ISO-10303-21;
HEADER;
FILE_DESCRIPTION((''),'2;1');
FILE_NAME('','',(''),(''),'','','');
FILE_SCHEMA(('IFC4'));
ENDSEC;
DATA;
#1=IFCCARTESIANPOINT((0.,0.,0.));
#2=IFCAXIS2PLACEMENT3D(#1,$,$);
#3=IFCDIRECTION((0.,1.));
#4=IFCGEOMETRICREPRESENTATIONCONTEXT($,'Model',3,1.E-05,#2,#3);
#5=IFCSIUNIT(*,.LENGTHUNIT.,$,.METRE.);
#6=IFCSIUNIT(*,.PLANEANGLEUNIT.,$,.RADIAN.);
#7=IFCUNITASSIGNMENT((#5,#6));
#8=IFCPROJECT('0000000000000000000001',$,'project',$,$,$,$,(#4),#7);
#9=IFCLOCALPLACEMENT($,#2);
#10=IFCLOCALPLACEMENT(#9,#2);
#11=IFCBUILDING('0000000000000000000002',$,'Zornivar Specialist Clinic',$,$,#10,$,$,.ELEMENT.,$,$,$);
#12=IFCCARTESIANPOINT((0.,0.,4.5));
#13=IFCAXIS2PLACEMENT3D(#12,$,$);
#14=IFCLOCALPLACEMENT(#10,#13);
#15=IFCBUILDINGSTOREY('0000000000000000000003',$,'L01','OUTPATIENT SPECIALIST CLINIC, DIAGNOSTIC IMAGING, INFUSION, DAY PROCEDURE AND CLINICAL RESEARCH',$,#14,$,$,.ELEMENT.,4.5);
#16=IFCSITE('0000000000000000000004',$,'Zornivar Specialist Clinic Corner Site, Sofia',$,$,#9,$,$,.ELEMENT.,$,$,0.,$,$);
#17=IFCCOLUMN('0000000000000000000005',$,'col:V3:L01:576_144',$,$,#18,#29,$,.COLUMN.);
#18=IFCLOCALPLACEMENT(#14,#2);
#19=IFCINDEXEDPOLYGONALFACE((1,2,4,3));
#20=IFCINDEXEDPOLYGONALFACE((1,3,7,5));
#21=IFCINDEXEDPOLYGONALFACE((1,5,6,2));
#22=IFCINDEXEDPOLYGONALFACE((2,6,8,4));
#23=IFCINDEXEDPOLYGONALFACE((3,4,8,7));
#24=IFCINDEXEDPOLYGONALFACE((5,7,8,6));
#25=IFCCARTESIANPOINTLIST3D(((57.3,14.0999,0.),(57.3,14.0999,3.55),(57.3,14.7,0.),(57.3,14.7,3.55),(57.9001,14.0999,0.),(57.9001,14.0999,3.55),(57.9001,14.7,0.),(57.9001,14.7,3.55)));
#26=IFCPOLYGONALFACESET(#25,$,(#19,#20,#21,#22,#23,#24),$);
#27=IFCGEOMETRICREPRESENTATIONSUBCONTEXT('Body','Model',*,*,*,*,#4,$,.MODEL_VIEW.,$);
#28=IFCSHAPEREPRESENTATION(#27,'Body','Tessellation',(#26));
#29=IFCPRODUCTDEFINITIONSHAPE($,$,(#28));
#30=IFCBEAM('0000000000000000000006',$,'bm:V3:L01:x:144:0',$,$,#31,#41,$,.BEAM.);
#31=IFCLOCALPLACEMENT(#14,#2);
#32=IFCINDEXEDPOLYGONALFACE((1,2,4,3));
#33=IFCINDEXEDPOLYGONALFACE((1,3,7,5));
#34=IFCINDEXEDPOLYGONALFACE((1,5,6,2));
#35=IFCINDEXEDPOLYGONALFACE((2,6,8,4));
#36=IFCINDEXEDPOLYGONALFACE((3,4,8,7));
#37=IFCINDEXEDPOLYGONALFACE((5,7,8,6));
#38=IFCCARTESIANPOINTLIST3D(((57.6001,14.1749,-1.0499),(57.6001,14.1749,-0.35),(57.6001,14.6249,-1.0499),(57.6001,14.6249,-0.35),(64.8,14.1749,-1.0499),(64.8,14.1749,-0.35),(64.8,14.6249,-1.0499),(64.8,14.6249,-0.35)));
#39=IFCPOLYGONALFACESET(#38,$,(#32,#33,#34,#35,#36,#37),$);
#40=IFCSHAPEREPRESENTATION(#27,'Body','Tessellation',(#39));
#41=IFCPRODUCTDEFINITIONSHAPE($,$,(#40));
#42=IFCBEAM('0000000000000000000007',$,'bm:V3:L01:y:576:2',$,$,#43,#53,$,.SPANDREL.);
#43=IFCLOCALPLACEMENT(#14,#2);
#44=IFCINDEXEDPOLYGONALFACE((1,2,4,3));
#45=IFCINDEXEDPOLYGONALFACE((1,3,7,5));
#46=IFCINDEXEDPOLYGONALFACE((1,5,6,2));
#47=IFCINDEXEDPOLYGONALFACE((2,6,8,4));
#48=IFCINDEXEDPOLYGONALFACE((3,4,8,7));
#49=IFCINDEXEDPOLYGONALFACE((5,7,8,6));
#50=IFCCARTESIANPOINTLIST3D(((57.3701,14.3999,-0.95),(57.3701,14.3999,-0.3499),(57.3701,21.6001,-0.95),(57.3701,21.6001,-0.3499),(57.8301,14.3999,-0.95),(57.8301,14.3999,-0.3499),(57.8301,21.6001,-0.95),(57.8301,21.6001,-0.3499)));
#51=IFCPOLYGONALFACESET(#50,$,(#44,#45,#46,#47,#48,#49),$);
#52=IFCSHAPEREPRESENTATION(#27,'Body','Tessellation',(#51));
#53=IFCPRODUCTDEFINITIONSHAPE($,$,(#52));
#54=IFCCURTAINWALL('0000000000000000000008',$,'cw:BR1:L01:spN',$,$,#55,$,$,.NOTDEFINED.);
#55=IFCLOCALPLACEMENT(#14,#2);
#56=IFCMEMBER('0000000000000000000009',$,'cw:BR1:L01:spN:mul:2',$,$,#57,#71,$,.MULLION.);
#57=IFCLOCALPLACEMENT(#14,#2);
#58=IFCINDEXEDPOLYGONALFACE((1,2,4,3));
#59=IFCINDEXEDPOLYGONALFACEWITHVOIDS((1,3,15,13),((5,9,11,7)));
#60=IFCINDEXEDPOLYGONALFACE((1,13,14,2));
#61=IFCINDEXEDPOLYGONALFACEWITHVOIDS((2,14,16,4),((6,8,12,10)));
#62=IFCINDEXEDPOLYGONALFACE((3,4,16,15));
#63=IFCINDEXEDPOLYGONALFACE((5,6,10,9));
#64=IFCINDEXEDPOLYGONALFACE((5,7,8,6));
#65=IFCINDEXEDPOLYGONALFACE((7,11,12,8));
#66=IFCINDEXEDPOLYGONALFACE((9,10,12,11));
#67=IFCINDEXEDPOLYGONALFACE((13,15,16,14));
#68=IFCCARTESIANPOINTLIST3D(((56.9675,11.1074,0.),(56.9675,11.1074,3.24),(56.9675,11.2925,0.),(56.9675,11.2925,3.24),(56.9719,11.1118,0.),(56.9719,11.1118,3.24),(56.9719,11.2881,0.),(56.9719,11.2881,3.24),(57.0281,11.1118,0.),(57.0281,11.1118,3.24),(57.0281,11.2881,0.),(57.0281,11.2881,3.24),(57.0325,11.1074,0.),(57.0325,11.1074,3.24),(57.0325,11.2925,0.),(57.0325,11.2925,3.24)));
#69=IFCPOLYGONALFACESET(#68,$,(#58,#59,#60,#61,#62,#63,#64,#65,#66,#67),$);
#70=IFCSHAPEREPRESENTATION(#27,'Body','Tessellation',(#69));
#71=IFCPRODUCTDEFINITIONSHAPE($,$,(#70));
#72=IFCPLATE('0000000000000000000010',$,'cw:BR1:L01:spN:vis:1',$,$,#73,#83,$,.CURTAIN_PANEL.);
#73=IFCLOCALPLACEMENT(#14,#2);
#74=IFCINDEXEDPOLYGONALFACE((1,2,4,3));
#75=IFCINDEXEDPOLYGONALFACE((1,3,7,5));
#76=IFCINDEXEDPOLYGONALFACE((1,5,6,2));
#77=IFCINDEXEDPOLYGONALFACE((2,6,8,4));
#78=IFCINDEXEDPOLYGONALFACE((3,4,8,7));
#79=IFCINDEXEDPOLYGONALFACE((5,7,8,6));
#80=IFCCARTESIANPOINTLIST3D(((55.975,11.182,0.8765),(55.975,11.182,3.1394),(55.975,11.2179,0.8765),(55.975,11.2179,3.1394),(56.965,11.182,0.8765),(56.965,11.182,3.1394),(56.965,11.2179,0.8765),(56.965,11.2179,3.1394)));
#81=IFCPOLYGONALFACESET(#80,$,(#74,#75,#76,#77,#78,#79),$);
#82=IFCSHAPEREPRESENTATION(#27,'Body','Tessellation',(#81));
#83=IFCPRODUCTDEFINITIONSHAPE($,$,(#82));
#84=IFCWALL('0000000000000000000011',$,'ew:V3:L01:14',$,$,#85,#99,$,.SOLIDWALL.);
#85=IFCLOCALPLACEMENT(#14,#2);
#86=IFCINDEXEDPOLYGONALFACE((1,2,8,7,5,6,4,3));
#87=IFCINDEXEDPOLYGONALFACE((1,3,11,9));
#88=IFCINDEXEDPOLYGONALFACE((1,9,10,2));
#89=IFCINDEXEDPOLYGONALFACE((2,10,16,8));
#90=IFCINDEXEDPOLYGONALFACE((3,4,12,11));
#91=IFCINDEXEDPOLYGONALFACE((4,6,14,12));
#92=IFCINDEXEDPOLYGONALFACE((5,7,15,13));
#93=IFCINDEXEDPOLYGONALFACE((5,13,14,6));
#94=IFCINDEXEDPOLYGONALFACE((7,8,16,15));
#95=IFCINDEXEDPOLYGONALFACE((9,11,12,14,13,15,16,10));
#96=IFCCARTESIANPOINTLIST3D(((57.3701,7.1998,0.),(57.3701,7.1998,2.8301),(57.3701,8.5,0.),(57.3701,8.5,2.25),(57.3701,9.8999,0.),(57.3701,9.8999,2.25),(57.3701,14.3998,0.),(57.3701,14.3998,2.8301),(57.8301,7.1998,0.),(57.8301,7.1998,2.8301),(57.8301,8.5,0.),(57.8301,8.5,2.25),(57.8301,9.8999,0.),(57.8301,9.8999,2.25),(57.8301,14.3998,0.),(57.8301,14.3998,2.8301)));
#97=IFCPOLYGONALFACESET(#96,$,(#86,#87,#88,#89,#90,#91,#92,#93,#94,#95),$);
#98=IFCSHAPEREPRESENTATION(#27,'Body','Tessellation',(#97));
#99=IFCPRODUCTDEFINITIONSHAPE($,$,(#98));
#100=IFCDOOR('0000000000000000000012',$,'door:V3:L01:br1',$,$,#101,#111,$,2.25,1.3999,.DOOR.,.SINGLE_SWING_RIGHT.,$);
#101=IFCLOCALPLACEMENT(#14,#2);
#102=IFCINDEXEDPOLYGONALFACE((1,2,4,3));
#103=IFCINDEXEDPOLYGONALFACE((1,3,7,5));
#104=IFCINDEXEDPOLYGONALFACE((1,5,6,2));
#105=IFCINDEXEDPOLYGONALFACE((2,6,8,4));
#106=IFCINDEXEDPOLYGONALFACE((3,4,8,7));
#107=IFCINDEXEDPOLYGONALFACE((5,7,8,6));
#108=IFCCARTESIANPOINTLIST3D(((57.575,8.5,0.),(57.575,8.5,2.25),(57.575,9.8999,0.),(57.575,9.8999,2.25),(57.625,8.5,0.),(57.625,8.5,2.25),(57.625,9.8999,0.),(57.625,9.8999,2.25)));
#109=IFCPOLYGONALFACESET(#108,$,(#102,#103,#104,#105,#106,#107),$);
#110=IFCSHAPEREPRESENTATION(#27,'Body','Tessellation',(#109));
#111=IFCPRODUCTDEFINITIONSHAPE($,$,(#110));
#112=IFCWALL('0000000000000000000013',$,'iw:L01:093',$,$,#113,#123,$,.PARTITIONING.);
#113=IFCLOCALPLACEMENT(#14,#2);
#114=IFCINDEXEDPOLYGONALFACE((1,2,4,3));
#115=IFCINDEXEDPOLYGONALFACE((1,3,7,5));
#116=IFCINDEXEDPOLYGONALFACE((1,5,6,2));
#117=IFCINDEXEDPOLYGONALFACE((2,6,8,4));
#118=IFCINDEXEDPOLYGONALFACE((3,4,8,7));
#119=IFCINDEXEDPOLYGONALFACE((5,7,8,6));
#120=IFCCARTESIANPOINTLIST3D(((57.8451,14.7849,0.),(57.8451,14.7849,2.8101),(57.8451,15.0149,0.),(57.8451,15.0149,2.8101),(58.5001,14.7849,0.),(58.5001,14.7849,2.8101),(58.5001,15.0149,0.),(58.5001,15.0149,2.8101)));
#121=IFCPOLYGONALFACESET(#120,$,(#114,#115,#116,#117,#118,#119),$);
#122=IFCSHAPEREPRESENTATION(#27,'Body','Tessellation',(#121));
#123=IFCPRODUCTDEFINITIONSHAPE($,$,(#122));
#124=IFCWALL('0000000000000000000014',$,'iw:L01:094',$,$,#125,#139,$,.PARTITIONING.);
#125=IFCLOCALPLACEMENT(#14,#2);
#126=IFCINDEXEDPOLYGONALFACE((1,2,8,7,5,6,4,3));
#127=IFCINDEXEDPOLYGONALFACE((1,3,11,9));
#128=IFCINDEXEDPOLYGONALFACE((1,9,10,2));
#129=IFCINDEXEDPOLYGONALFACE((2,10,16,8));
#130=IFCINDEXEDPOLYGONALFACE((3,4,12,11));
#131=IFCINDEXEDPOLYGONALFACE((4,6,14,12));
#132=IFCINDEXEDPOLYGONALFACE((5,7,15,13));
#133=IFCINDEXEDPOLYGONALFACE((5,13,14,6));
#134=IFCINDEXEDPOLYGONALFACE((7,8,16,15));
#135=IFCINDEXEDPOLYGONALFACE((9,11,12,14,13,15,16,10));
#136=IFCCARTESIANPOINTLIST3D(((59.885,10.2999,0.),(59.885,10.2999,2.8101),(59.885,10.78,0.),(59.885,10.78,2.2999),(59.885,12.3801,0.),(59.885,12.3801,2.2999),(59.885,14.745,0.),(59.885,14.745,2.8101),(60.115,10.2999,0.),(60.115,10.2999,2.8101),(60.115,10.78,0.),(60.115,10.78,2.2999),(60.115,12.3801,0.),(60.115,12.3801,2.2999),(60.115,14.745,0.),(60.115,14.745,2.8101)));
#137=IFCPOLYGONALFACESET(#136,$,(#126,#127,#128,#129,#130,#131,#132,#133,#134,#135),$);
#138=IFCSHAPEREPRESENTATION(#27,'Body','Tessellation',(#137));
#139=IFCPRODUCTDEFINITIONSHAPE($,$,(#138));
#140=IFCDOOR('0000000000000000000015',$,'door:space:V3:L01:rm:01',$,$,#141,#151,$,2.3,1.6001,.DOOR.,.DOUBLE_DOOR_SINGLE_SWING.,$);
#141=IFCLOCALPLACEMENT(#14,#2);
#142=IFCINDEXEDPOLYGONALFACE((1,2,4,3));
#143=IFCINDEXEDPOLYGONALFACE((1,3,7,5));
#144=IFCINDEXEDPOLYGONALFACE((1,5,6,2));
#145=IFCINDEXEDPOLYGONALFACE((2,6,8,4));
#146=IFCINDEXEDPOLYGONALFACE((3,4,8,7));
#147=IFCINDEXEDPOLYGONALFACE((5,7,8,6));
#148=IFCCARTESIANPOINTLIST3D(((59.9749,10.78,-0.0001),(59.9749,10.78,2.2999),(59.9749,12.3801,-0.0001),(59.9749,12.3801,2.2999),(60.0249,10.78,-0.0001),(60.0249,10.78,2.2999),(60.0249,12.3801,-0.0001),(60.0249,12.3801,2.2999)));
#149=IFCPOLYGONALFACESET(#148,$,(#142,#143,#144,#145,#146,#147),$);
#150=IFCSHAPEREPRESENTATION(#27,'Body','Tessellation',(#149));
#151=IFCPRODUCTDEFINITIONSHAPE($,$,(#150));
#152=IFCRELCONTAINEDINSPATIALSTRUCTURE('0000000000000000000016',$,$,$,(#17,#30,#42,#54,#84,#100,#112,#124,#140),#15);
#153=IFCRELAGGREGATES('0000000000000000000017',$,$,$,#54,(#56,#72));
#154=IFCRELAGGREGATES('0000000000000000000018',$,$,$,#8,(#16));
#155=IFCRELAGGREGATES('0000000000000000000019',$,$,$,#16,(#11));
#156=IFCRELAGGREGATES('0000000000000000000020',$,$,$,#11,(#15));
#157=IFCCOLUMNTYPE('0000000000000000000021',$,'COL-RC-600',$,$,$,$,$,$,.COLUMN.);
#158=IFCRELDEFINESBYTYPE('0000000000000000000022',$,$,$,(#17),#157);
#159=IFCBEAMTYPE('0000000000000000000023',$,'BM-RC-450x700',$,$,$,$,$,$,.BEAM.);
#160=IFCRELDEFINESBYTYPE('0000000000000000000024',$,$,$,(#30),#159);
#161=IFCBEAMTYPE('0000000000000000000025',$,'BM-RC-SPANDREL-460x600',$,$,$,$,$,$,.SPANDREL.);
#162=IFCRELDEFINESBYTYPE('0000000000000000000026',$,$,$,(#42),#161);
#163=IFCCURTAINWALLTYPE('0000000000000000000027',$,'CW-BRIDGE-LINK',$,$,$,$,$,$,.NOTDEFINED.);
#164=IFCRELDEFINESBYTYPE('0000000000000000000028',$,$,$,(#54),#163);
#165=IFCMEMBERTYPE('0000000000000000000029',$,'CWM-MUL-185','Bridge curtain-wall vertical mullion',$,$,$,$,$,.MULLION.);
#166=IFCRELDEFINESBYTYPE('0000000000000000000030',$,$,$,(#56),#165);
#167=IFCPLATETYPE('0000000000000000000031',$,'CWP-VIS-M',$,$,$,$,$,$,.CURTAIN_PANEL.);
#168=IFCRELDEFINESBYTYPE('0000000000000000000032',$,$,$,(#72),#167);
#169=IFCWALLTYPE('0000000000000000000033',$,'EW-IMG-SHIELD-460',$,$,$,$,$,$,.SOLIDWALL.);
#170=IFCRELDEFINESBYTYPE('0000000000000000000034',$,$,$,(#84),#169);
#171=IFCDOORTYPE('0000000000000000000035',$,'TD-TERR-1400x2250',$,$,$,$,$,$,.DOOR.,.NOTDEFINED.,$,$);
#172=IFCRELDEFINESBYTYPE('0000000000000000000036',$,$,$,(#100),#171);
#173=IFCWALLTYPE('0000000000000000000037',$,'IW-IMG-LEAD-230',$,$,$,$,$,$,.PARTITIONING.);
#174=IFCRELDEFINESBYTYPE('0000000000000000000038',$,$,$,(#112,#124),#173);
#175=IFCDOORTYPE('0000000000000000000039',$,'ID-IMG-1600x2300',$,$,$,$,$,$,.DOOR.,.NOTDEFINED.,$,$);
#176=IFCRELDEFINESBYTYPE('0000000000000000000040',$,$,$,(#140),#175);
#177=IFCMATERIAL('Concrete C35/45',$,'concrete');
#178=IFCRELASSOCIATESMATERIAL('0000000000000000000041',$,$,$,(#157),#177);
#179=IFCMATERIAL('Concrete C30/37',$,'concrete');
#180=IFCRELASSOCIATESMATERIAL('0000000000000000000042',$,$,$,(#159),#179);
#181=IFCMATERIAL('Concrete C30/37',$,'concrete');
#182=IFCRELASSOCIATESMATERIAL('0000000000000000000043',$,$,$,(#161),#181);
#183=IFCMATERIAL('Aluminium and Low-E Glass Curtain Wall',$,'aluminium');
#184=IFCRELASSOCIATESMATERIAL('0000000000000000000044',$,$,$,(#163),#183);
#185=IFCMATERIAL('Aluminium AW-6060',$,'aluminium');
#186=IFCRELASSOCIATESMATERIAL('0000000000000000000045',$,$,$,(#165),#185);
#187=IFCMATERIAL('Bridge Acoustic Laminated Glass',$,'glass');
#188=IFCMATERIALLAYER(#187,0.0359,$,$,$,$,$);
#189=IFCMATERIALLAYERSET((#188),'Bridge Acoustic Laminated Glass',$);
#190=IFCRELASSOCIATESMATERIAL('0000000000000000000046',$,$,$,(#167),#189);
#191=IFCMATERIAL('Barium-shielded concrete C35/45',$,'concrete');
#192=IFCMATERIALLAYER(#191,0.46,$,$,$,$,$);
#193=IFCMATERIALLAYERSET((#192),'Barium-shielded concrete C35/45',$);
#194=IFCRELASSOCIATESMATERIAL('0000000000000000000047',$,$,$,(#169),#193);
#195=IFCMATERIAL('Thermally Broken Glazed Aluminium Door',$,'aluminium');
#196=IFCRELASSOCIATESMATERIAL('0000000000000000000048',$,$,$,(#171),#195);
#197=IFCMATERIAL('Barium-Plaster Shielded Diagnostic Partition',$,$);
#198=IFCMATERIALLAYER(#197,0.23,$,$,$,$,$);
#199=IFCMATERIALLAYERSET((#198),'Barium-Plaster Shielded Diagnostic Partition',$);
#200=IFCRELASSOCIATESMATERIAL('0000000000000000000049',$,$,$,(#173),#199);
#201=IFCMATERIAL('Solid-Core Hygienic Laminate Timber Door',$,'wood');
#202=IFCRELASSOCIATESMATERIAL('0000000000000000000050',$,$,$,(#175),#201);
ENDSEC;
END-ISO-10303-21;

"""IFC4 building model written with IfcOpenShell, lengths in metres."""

from ifc_helpers import new_model, si_unit, direction, frame, frame_2d, origin, origin_2d, place, context, subcontext, project, spatial, rectangle, hollow_rectangle, extrude, material, layer, layer_set, material_profile, profile_set, type_object, element, fill, aggregate, save


model = new_model("IFC4")

# Units and contexts
model_context = context("Model", 3, precision=1e-05, world=origin(), true_north=direction((0.0, 1.0)))
body_context = subcontext(model_context, "Body", "Model", "MODEL_VIEW")
ifc_project = project(units=[si_unit("LENGTHUNIT", "METRE"), si_unit("PLANEANGLEUNIT", "RADIAN")], contexts=[model_context])

# Site, building, storey
site_placement = place(None, origin())
site = spatial("IfcSite", under=ifc_project, at=site_placement, Name="Zornivar Specialist Clinic Corner Site, Sofia", CompositionType="ELEMENT", RefElevation=0.0)
building_placement = place(site_placement, origin())
building = spatial("IfcBuilding", under=site, at=building_placement, Name="Zornivar Specialist Clinic", CompositionType="ELEMENT")
storey_placement = place(building_placement, frame((0.0, 0.0, 4.5)))
storey = spatial("IfcBuildingStorey", under=building, at=storey_placement, Name="L01", Description="OUTPATIENT SPECIALIST CLINIC, DIAGNOSTIC IMAGING, INFUSION, DAY PROCEDURE AND CLINICAL RESEARCH", CompositionType="ELEMENT", Elevation=4.5)

# Column
ifc_material_1 = material(Name="Concrete C35/45", Category="concrete")
ifc_material_profile_1 = material_profile(ifc_material_1, rectangle(XDim=0.6001, YDim=0.6001, at=origin_2d()), Name="RC 600x600")
ifc_profile_set_1 = profile_set([ifc_material_profile_1], Name="Concrete C35/45")
column_type = type_object("IfcColumnType", Name="COL-RC-600", PredefinedType="COLUMN", material=ifc_profile_set_1)
column_placement = place(storey_placement, frame((57.6001, 14.3999, 0.0), z_axis=(0.0, 0.0, 1.0), x_axis=(1.0, 0.0, 0.0)))
element("IfcColumn", 1, at=column_placement, inside=storey, type_object=column_type, Name="col:V3:L01:576_144", PredefinedType="COLUMN", context=body_context, shape_type="SweptSolid", body=[
    extrude(rectangle(XDim=0.6001, YDim=0.6001, at=origin_2d()), origin(), (0.0, 0.0, 1.0), 3.55),
])

# Beams
ifc_material_2 = material(Name="Concrete C30/37", Category="concrete")
ifc_material_profile_2 = material_profile(ifc_material_2, rectangle(XDim=0.45, YDim=0.7, at=origin_2d()), Name="RC 450x700")
ifc_profile_set_2 = profile_set([ifc_material_profile_2], Name="Concrete C30/37")
beam_type_1 = type_object("IfcBeamType", Name="BM-RC-450x700", PredefinedType="BEAM", material=ifc_profile_set_2)
beam_1_placement = place(storey_placement, frame((57.6001, 14.3999, -0.7), z_axis=(1.0, 0.0, 0.0), x_axis=(0.0, 1.0, 0.0)))
element("IfcBeam", 2, at=beam_1_placement, inside=storey, type_object=beam_type_1, Name="bm:V3:L01:x:144:0", PredefinedType="BEAM", context=body_context, shape_type="SweptSolid", body=[
    extrude(rectangle(XDim=0.45, YDim=0.7, at=origin_2d()), origin(), (0.0, 0.0, 1.0), 7.2),
])
ifc_material_3 = material(Name="Concrete C30/37", Category="concrete")
ifc_material_profile_3 = material_profile(ifc_material_3, rectangle(XDim=0.46, YDim=0.6001, at=origin_2d()), Name="RC 460x600")
ifc_profile_set_3 = profile_set([ifc_material_profile_3], Name="Concrete C30/37")
beam_type_2 = type_object("IfcBeamType", Name="BM-RC-SPANDREL-460x600", PredefinedType="SPANDREL", material=ifc_profile_set_3)
beam_2_placement = place(storey_placement, frame((57.6001, 14.3999, -0.6499), z_axis=(0.0, 1.0, 0.0), x_axis=(-1.0, 0.0, 0.0)))
element("IfcBeam", 3, at=beam_2_placement, inside=storey, type_object=beam_type_2, Name="bm:V3:L01:y:576:2", PredefinedType="SPANDREL", context=body_context, shape_type="SweptSolid", body=[
    extrude(rectangle(XDim=0.46, YDim=0.6001, at=origin_2d()), origin(), (0.0, 0.0, 1.0), 7.2002),
])

# Curtain wall, member, plate
ifc_material_4 = material(Name="Aluminium and Low-E Glass Curtain Wall", Category="aluminium")
curtain_wall_type = type_object("IfcCurtainWallType", Name="CW-BRIDGE-LINK", PredefinedType="NOTDEFINED", material=ifc_material_4)
curtain_wall_placement = place(storey_placement, origin())
curtain_wall = element("IfcCurtainWall", 4, at=curtain_wall_placement, inside=storey, type_object=curtain_wall_type, Name="cw:BR1:L01:spN", PredefinedType="NOTDEFINED")
ifc_material_5 = material(Name="Aluminium AW-6060", Category="aluminium")
ifc_material_profile_4 = material_profile(ifc_material_5, hollow_rectangle(XDim=0.0649, YDim=0.1851, WallThickness=0.0044, at=origin_2d()), Name="ALU 65x185x4.5")
ifc_profile_set_4 = profile_set([ifc_material_profile_4], Name="Aluminium AW-6060")
member_type = type_object("IfcMemberType", Name="CWM-MUL-185", Description="Bridge curtain-wall vertical mullion", PredefinedType="MULLION", material=ifc_profile_set_4)
member_placement = place(storey_placement, frame((57.0, 11.2, 0.0), z_axis=(0.0, 0.0, 1.0), x_axis=(1.0, 0.0, 0.0)))
member = element("IfcMember", 5, at=member_placement, type_object=member_type, Name="cw:BR1:L01:spN:mul:2", PredefinedType="MULLION", context=body_context, shape_type="SweptSolid", body=[
    extrude(hollow_rectangle(XDim=0.0649, YDim=0.1851, WallThickness=0.0044, at=origin_2d()), origin(), (0.0, 0.0, 1.0), 3.24),
])
ifc_material_6 = material(Name="Bridge Acoustic Laminated Glass", Category="glass")
ifc_layer_1 = layer(ifc_material_6, 0.0359)
ifc_layer_set_1 = layer_set([ifc_layer_1], Name="Bridge Acoustic Laminated Glass")
plate_type = type_object("IfcPlateType", Name="CWP-VIS-M", PredefinedType="CURTAIN_PANEL", material=ifc_layer_set_1)
plate_placement = place(storey_placement, frame((56.47, 11.2, 0.8765), z_axis=(0.0, 0.0, 1.0), x_axis=(1.0, 0.0, 0.0)))
plate = element("IfcPlate", 6, at=plate_placement, type_object=plate_type, Name="cw:BR1:L01:spN:vis:1", PredefinedType="CURTAIN_PANEL", context=body_context, shape_type="SweptSolid", body=[
    extrude(rectangle(XDim=0.99, YDim=0.0359, at=origin_2d()), origin(), (0.0, 0.0, 1.0), 2.2629),
])
aggregate(curtain_wall, [member, plate])

# Wall, opening, door
ifc_material_7 = material(Name="Barium-shielded concrete C35/45", Category="concrete")
ifc_layer_2 = layer(ifc_material_7, 0.46)
ifc_layer_set_2 = layer_set([ifc_layer_2], Name="Barium-shielded concrete C35/45")
wall_type_1 = type_object("IfcWallType", Name="EW-IMG-SHIELD-460", PredefinedType="SOLIDWALL", material=ifc_layer_set_2)
wall_1_placement = place(storey_placement, frame((57.6001, 14.3999, 0.0), z_axis=(0.0, 0.0, 1.0), x_axis=(0.0, -1.0, 0.0)))
wall_1 = element("IfcWall", 7, at=wall_1_placement, inside=storey, type_object=wall_type_1, Name="ew:V3:L01:14", PredefinedType="SOLIDWALL", context=body_context, shape_type="SweptSolid", body=[
    extrude(rectangle(XDim=7.2, YDim=0.46, at=frame_2d((3.6001, 0.0))), origin(), (0.0, 0.0, 1.0), 2.8301),
])
opening_1_placement = place(wall_1_placement, frame((4.5, 0.0, 0.0)))
opening_1 = element("IfcOpeningElement", 8, at=opening_1_placement, cuts=wall_1, PredefinedType="OPENING", context=body_context, shape_type="SweptSolid", body=[
    extrude(rectangle(XDim=1.3999, YDim=2.25, at=frame_2d((0.7, 1.125))), frame((0.0, 0.24, 0.0), z_axis=(0.0, -1.0, 0.0), x_axis=(1.0, 0.0, 0.0)), (0.0, 0.0, 1.0), 0.48),
])
ifc_material_8 = material(Name="Thermally Broken Glazed Aluminium Door", Category="aluminium")
door_type_1 = type_object("IfcDoorType", Name="TD-TERR-1400x2250", OperationType="NOTDEFINED", PredefinedType="DOOR", material=ifc_material_8)
door_1_placement = place(opening_1_placement, origin())
door_1 = element("IfcDoor", 9, at=door_1_placement, inside=storey, type_object=door_type_1, Name="door:V3:L01:br1", OperationType="SINGLE_SWING_RIGHT", OverallHeight=2.25, OverallWidth=1.3999, PredefinedType="DOOR", context=body_context, shape_type="SweptSolid", body=[
    extrude(rectangle(XDim=1.3999, YDim=2.25, at=frame_2d((0.7, 1.125))), frame((0.0, 0.0249, 0.0), z_axis=(0.0, -1.0, 0.0), x_axis=(1.0, 0.0, 0.0)), (0.0, 0.0, 1.0), 0.05),
])
fill(opening_1, door_1)

# Wall
ifc_material_9 = material(Name="Barium-Plaster Shielded Diagnostic Partition")
ifc_layer_3 = layer(ifc_material_9, 0.23)
ifc_layer_set_3 = layer_set([ifc_layer_3], Name="Barium-Plaster Shielded Diagnostic Partition")
wall_type_2 = type_object("IfcWallType", Name="IW-IMG-LEAD-230", PredefinedType="PARTITIONING", material=ifc_layer_set_3)
wall_2_placement = place(storey_placement, frame((57.845, 14.8999, 0.0), z_axis=(0.0, 0.0, 1.0), x_axis=(1.0, 0.0, 0.0)))
element("IfcWall", 10, at=wall_2_placement, inside=storey, type_object=wall_type_2, Name="iw:L01:093", PredefinedType="PARTITIONING", context=body_context, shape_type="SweptSolid", body=[
    extrude(rectangle(XDim=0.655, YDim=0.23, at=frame_2d((0.3276, 0.0))), origin(), (0.0, 0.0, 1.0), 2.8101),
])

# Wall, opening, door
wall_3_placement = place(storey_placement, frame((60.0, 14.7451, 0.0), z_axis=(0.0, 0.0, 1.0), x_axis=(0.0, -1.0, 0.0)))
wall_3 = element("IfcWall", 11, at=wall_3_placement, inside=storey, type_object=wall_type_2, Name="iw:L01:094", PredefinedType="PARTITIONING", context=body_context, shape_type="SweptSolid", body=[
    extrude(rectangle(XDim=4.4451, YDim=0.23, at=frame_2d((2.2227, 0.0))), origin(), (0.0, 0.0, 1.0), 2.8101),
])
opening_2_placement = place(wall_3_placement, frame((2.365, 0.0, 0.0)))
opening_2 = element("IfcOpeningElement", 12, at=opening_2_placement, cuts=wall_3, PredefinedType="OPENING", context=body_context, shape_type="SweptSolid", body=[
    extrude(rectangle(XDim=1.6001, YDim=2.3, at=frame_2d((0.8, 1.1499))), frame((0.0, 0.125, 0.0), z_axis=(0.0, -1.0, 0.0), x_axis=(1.0, 0.0, 0.0)), (0.0, 0.0, 1.0), 0.25),
])
ifc_material_10 = material(Name="Solid-Core Hygienic Laminate Timber Door", Category="wood")
door_type_2 = type_object("IfcDoorType", Name="ID-IMG-1600x2300", OperationType="NOTDEFINED", PredefinedType="DOOR", material=ifc_material_10)
door_2_placement = place(opening_2_placement, origin())
door_2 = element("IfcDoor", 13, at=door_2_placement, inside=storey, type_object=door_type_2, Name="door:space:V3:L01:rm:01", OperationType="DOUBLE_DOOR_SINGLE_SWING", OverallHeight=2.3, OverallWidth=1.6001, PredefinedType="DOOR", context=body_context, shape_type="SweptSolid", body=[
    extrude(rectangle(XDim=1.6001, YDim=2.3, at=frame_2d((0.8, 1.1499))), frame((0.0, 0.0249, 0.0), z_axis=(0.0, -1.0, 0.0), x_axis=(1.0, 0.0, 0.0)), (0.0, 0.0, 1.0), 0.05),
])
fill(opening_2, door_2)

save(model, "model.ifc")
